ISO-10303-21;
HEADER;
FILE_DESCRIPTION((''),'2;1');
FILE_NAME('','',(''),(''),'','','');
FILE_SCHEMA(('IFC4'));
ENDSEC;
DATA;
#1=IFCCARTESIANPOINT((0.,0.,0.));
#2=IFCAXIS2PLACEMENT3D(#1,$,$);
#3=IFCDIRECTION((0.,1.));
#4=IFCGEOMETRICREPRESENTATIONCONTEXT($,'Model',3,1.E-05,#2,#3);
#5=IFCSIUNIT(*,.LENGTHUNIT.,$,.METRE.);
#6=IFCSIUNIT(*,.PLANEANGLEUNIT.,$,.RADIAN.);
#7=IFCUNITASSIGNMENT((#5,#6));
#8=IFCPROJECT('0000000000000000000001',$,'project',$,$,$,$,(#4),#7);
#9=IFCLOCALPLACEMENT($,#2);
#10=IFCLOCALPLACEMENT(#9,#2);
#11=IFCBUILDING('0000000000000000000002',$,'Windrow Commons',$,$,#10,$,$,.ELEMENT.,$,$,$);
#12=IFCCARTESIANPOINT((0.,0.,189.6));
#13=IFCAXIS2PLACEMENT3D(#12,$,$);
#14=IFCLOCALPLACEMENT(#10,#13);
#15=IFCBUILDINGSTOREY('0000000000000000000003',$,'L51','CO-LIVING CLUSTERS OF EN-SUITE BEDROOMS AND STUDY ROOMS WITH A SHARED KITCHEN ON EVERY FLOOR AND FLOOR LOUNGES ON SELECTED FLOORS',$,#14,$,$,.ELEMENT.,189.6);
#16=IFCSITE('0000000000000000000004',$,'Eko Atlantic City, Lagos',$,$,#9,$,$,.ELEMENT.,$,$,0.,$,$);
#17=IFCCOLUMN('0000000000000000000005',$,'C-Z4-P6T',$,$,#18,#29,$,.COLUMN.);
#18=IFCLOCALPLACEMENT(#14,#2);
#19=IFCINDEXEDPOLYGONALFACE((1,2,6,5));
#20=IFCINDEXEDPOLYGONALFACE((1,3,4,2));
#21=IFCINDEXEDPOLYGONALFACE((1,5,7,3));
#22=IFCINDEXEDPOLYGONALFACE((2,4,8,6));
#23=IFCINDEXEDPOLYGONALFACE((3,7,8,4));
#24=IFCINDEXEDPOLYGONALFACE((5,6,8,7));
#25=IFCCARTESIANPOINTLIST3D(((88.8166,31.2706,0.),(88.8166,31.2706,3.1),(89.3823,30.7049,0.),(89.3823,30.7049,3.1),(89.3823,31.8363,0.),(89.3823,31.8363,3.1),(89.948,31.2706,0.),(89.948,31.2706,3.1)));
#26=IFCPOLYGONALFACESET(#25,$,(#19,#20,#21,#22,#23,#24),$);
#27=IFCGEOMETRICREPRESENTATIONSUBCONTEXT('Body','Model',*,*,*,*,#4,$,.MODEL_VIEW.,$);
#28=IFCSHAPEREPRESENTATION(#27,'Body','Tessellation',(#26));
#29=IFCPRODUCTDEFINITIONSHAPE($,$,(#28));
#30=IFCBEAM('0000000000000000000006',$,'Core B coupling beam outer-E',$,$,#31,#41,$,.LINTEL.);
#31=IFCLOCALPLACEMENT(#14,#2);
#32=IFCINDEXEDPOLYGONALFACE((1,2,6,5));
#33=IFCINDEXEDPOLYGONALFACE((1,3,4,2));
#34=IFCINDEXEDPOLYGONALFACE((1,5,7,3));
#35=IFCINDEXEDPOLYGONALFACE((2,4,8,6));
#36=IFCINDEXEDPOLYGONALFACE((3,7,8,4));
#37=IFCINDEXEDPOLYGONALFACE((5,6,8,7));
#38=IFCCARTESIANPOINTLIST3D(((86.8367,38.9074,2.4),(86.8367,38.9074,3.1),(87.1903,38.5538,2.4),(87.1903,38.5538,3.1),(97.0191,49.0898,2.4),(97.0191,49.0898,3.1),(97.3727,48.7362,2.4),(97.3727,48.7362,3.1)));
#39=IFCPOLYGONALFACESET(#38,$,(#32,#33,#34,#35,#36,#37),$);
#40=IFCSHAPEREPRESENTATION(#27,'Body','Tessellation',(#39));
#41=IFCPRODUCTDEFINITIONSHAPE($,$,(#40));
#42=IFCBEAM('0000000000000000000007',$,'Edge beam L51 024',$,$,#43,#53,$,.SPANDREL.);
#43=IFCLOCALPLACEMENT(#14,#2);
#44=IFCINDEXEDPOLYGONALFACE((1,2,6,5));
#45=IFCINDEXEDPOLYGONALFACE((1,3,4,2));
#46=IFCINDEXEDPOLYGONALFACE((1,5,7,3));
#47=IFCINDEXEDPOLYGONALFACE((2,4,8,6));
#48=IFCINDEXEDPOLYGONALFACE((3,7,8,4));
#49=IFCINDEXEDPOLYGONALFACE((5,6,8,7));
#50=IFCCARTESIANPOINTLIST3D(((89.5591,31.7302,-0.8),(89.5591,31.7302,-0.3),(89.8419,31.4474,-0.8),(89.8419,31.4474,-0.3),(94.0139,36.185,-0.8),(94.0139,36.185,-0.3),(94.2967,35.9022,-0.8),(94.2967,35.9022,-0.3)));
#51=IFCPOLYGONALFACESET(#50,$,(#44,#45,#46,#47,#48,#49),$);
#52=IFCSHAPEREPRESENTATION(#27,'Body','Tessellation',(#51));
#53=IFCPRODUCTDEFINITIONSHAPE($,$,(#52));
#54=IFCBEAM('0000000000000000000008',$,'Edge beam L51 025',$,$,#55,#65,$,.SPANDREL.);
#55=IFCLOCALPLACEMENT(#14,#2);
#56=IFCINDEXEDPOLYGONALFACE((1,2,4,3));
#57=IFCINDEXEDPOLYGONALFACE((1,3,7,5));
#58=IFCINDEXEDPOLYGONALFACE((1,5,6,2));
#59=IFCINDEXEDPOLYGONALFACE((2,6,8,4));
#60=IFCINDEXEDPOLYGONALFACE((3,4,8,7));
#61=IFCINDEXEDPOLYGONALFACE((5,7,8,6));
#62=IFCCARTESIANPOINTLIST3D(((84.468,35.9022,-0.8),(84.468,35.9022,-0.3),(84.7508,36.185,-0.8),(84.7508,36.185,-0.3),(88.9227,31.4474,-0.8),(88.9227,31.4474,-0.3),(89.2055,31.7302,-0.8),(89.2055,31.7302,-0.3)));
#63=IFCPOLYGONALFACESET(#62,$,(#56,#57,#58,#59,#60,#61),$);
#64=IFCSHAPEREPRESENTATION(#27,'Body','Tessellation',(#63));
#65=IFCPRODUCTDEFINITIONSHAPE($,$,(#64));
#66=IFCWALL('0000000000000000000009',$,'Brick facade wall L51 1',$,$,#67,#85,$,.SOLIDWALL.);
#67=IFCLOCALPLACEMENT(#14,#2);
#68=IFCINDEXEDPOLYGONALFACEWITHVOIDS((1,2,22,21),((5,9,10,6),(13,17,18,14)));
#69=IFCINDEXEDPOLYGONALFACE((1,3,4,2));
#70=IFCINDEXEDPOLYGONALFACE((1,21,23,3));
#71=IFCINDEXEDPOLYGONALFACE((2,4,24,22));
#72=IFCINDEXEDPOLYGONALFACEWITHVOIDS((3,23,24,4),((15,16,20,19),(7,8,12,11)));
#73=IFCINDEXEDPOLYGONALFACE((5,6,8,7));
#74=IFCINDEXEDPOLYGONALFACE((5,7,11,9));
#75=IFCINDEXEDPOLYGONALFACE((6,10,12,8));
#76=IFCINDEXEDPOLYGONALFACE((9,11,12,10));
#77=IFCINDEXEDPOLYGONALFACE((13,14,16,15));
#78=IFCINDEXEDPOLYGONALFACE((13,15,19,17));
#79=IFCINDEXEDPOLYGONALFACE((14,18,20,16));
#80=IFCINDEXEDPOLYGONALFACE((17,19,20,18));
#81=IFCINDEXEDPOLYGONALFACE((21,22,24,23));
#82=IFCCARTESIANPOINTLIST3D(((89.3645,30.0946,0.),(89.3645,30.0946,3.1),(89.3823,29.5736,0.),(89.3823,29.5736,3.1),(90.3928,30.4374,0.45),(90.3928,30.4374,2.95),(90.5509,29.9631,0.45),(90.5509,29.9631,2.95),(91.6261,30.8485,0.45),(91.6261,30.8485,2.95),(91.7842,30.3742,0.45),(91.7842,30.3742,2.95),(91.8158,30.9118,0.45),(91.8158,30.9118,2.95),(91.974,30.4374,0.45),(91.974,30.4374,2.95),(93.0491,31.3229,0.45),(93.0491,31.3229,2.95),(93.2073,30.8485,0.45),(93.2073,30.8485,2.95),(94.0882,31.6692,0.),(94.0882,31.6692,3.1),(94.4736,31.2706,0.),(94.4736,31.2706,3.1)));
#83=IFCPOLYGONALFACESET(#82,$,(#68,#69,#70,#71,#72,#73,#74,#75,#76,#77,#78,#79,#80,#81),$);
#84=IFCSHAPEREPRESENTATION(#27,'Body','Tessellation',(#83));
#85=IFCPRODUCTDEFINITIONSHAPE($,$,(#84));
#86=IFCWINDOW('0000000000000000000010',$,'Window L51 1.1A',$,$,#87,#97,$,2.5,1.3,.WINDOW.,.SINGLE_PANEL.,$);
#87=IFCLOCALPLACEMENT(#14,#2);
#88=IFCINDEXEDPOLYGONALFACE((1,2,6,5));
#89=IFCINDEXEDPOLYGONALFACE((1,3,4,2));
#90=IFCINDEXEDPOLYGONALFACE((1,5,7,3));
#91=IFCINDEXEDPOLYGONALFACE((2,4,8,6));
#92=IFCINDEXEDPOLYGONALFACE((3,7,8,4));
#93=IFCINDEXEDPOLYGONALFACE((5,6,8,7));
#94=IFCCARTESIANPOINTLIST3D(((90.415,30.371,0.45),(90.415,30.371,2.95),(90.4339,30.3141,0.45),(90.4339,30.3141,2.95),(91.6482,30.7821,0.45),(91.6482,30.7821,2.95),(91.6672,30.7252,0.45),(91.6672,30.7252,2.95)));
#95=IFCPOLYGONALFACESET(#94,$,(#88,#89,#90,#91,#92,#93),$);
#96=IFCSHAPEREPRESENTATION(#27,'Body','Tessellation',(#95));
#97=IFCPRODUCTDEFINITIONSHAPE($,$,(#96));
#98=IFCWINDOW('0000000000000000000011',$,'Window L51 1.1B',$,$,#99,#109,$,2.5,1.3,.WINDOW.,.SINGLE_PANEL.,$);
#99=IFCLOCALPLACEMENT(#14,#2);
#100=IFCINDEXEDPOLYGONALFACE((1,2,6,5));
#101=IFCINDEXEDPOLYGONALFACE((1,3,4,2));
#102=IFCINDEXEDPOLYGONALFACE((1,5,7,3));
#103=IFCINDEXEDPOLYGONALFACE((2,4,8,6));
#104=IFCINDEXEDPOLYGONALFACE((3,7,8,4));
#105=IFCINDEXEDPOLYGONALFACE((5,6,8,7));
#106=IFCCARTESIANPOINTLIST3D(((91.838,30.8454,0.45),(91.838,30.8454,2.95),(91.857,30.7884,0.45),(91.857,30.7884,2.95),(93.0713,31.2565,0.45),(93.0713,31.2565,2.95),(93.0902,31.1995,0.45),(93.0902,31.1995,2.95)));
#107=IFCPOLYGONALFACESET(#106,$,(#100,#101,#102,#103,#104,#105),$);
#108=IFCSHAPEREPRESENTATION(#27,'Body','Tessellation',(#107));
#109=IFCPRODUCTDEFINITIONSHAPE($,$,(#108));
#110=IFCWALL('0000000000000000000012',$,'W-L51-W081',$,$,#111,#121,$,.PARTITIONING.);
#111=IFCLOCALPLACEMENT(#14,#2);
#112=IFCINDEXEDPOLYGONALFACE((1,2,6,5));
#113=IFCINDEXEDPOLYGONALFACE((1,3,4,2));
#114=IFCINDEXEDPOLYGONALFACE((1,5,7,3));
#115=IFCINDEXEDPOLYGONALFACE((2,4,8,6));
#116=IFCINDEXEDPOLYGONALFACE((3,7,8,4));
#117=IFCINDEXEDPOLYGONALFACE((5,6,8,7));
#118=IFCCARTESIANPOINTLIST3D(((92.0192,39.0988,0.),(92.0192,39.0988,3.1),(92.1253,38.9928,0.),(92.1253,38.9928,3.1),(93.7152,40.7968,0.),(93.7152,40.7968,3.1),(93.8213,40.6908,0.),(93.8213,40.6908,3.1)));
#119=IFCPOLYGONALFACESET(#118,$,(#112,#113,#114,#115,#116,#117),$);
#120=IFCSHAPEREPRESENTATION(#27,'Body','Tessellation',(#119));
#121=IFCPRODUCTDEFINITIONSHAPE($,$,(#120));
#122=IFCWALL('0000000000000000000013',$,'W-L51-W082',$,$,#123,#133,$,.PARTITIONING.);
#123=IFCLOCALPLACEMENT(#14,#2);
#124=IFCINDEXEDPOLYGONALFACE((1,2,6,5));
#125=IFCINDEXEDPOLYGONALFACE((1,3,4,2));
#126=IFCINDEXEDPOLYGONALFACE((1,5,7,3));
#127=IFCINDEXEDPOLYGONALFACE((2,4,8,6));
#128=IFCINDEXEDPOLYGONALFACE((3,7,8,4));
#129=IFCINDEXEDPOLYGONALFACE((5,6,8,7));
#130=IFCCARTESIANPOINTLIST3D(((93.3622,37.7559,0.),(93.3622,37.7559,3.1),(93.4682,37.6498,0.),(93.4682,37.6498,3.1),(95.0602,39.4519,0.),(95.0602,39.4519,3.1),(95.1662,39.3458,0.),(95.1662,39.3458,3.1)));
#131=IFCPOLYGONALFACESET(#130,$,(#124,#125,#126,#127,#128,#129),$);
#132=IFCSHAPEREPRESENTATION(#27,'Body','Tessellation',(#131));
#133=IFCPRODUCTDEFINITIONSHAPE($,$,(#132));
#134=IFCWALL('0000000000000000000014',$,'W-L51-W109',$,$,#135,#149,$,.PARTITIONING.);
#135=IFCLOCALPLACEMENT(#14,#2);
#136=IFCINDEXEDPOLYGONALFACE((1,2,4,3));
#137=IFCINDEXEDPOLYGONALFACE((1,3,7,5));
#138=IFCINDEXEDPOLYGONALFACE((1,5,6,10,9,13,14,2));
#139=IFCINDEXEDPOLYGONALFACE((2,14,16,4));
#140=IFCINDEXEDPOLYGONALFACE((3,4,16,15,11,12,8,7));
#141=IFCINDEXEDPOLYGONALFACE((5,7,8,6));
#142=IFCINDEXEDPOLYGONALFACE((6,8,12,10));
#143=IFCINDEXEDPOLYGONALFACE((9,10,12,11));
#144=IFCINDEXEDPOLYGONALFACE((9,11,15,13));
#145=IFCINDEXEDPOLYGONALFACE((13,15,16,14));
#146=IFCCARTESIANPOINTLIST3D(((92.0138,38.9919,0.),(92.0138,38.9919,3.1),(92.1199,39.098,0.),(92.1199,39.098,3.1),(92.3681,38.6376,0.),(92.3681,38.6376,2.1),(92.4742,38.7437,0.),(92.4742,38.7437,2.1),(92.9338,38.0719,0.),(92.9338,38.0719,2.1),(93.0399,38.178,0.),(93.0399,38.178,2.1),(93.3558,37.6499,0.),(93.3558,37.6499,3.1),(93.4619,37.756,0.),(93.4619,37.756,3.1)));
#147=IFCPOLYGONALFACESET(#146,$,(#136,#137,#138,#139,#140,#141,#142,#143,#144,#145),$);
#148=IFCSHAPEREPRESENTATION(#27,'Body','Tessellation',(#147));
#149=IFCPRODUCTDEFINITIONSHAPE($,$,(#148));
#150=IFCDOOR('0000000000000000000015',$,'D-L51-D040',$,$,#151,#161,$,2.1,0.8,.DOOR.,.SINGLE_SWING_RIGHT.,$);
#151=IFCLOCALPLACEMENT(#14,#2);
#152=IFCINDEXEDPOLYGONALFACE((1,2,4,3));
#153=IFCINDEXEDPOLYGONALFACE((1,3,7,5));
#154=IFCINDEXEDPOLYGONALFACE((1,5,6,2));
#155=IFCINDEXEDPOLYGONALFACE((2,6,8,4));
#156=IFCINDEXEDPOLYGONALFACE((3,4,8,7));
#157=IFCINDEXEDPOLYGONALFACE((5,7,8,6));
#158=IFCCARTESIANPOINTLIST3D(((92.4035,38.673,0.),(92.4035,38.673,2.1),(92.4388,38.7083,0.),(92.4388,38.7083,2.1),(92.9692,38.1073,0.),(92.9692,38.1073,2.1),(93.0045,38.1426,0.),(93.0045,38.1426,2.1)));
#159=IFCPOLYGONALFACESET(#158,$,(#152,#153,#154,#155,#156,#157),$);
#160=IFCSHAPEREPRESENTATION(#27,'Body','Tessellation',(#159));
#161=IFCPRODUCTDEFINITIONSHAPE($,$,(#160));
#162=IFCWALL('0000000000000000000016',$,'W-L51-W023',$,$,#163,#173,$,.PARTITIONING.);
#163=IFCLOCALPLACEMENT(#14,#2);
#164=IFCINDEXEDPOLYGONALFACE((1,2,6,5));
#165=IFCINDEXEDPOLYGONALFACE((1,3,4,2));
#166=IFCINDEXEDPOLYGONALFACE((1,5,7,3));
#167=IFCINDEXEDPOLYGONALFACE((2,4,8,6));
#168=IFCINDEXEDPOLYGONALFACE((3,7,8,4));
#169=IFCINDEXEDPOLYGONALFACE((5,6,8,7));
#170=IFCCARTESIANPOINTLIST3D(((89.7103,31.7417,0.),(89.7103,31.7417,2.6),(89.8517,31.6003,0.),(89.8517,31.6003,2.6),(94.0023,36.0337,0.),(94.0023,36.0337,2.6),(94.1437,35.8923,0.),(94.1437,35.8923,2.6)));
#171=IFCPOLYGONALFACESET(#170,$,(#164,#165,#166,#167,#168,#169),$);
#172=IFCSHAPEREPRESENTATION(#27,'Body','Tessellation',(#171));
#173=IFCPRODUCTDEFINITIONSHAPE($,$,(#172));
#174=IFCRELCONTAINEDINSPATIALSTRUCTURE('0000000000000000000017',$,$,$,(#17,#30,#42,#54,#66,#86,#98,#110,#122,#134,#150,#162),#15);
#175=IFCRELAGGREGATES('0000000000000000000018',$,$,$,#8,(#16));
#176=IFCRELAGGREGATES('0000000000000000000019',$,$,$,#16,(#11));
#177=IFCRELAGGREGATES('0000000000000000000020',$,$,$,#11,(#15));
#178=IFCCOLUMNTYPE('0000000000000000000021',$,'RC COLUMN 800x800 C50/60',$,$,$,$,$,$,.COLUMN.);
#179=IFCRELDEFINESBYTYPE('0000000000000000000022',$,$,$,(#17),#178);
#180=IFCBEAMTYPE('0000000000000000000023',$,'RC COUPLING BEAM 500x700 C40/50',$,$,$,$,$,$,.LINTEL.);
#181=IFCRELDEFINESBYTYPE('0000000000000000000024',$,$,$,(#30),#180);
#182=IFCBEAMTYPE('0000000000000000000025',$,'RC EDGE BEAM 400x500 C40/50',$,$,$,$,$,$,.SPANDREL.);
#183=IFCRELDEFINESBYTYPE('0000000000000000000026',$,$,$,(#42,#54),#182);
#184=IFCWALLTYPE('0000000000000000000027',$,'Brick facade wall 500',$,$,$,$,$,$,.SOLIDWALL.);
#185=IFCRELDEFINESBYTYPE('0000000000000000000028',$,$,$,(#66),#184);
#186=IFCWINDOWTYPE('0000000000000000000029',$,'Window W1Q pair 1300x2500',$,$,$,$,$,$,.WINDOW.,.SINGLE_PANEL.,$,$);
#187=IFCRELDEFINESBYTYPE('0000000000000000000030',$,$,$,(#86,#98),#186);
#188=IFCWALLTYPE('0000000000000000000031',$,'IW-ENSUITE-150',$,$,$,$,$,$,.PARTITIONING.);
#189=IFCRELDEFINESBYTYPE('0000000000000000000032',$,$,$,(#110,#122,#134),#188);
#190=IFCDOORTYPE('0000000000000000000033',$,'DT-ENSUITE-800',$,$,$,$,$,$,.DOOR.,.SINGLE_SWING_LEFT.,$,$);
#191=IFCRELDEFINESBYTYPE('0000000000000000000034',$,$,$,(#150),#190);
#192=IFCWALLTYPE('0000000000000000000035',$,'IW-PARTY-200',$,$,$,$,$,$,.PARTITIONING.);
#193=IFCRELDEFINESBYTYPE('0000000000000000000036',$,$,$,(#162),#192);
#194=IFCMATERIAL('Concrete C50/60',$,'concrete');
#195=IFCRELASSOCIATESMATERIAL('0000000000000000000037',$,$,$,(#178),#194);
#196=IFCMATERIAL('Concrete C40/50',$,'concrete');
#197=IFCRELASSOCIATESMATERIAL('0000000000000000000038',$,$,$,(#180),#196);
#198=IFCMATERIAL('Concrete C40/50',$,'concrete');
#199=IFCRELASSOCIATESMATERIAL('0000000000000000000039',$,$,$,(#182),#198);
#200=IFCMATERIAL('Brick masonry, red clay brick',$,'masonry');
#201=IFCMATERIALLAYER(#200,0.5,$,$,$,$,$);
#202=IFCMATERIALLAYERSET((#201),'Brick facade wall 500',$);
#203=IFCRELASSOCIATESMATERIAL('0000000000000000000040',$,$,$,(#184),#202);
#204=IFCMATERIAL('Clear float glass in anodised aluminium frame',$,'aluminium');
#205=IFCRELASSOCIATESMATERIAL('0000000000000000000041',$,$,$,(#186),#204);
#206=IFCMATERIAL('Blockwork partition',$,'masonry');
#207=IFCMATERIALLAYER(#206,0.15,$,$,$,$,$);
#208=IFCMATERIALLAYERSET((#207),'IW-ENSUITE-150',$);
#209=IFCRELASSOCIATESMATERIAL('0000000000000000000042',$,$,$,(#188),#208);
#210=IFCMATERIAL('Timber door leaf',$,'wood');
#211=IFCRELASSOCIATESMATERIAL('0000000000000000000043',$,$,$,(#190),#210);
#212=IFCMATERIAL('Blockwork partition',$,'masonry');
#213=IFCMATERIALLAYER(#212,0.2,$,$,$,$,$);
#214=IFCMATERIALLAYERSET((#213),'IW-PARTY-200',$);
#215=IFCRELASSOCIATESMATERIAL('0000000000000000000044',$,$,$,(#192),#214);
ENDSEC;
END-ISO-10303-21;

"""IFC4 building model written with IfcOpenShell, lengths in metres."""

from ifc_helpers import new_model, si_unit, direction, frame, frame_2d, origin, origin_2d, place, context, subcontext, project, spatial, polyline, rectangle, outline, extrude, material, layer, layer_set, material_profile, profile_set, type_object, element, fill, save


model = new_model("IFC4")

# Units and contexts
model_context = context("Model", 3, precision=1e-05, world=origin(), true_north=direction((0.0, 1.0)))
body_context = subcontext(model_context, "Body", "Model", "MODEL_VIEW")
ifc_project = project(units=[si_unit("LENGTHUNIT", "METRE"), si_unit("PLANEANGLEUNIT", "RADIAN")], contexts=[model_context])

# Site, building, storey
site_placement = place(None, origin())
site = spatial("IfcSite", under=ifc_project, at=site_placement, Name="Eko Atlantic City, Lagos", CompositionType="ELEMENT", RefElevation=0.0)
building_placement = place(site_placement, origin())
building = spatial("IfcBuilding", under=site, at=building_placement, Name="Windrow Commons", CompositionType="ELEMENT")
storey_placement = place(building_placement, frame((0.0, 0.0, 189.6)))
storey = spatial("IfcBuildingStorey", under=building, at=storey_placement, Name="L51", Description="CO-LIVING CLUSTERS OF EN-SUITE BEDROOMS AND STUDY ROOMS WITH A SHARED KITCHEN ON EVERY FLOOR AND FLOOR LOUNGES ON SELECTED FLOORS", CompositionType="ELEMENT", Elevation=189.6)

# Column
ifc_material_1 = material(Name="Concrete C50/60", Category="concrete")
ifc_material_profile_1 = material_profile(ifc_material_1, rectangle(XDim=0.8, YDim=0.8, at=origin_2d()))
ifc_profile_set_1 = profile_set([ifc_material_profile_1], Name="Concrete C50/60")
column_type = type_object("IfcColumnType", Name="RC COLUMN 800x800 C50/60", PredefinedType="COLUMN", material=ifc_profile_set_1)
column_placement = place(storey_placement, frame((89.3823, 31.2706, 0.0), z_axis=(0.0, 0.0, 1.0), x_axis=(0.707107, -0.707107, 0.0)))
element("IfcColumn", 1, at=column_placement, inside=storey, type_object=column_type, Name="C-Z4-P6T", PredefinedType="COLUMN", context=body_context, shape_type="SweptSolid", body=[
    extrude(rectangle(XDim=0.8, YDim=0.8, at=origin_2d()), origin(), (0.0, 0.0, 1.0), 3.1),
])

# Beams
ifc_material_2 = material(Name="Concrete C40/50", Category="concrete")
ifc_material_profile_2 = material_profile(ifc_material_2, rectangle(XDim=0.5, YDim=0.7, at=origin_2d()))
ifc_profile_set_2 = profile_set([ifc_material_profile_2], Name="Concrete C40/50")
beam_type_1 = type_object("IfcBeamType", Name="RC COUPLING BEAM 500x700 C40/50", PredefinedType="LINTEL", material=ifc_profile_set_2)
beam_placement = place(storey_placement, frame((87.0135, 38.7306, 2.75), z_axis=(0.707107, 0.707107, 0.0), x_axis=(-0.707107, 0.707107, 0.0)))
element("IfcBeam", 2, at=beam_placement, inside=storey, type_object=beam_type_1, Name="Core B coupling beam outer-E", PredefinedType="LINTEL", context=body_context, shape_type="SweptSolid", body=[
    extrude(rectangle(XDim=0.5, YDim=0.7, at=origin_2d()), origin(), (0.0, 0.0, 1.0), 14.4001),
])
ifc_material_3 = material(Name="Concrete C40/50", Category="concrete")
ifc_material_profile_3 = material_profile(ifc_material_3, rectangle(XDim=0.4, YDim=0.5, at=origin_2d()))
ifc_profile_set_3 = profile_set([ifc_material_profile_3], Name="Concrete C40/50")
beam_type_2 = type_object("IfcBeamType", Name="RC EDGE BEAM 400x500 C40/50", PredefinedType="SPANDREL", material=ifc_profile_set_3)
for number, where, z_axis, x_axis, name in (
    (3, (94.1553, 36.0436, -0.55), (-0.707107, -0.707107, 0.0), (0.707107, -0.707107, 0.0), "Edge beam L51 024"),
    (4, (89.0641, 31.5888, -0.55), (-0.707099, 0.707115, 0.0), (-0.707115, -0.707099, 0.0), "Edge beam L51 025"),
):
    element("IfcBeam", number, at=place(storey_placement, frame(where, z_axis=z_axis, x_axis=x_axis)), inside=storey, type_object=beam_type_2, Name=name, PredefinedType="SPANDREL", context=body_context, shape_type="SweptSolid", body=[
        extrude(rectangle(XDim=0.4, YDim=0.5, at=origin_2d()), origin(), (0.0, 0.0, 1.0), 6.3),
    ])

# Wall, openings, windows
ifc_material_4 = material(Name="Brick masonry, red clay brick", Category="masonry")
ifc_layer_1 = layer(ifc_material_4, 0.5)
ifc_layer_set_1 = layer_set([ifc_layer_1], Name="Brick facade wall 500")
wall_type_1 = type_object("IfcWallType", Name="Brick facade wall 500", PredefinedType="SOLIDWALL", material=ifc_layer_set_1)
wall_1_placement = place(storey_placement, frame((89.3734, 29.8341, 0.0), z_axis=(0.0, 0.0, 1.0), x_axis=(0.948683, 0.316228, 0.0)))
wall_1 = element("IfcWall", 5, at=wall_1_placement, inside=storey, type_object=wall_type_1, Name="Brick facade wall L51 1", PredefinedType="SOLIDWALL", context=body_context, shape_type="SweptSolid", body=[
    extrude(outline(polyline([(-0.0739, -0.25), (5.2927, -0.25), (5.0532, 0.25), (0.0739, 0.25), (-0.0739, -0.25)])), origin(), (0.0, 0.0, 1.0), 3.1),
])
opening_1_placement = place(wall_1_placement, frame((1.1579, 0.0, 0.45)))
opening_1 = element("IfcOpeningElement", 6, at=opening_1_placement, cuts=wall_1, PredefinedType="OPENING", context=body_context, shape_type="SweptSolid", body=[
    extrude(rectangle(XDim=1.3, YDim=2.5, at=frame_2d((0.65, 1.25))), frame((0.0, 0.26, 0.0), z_axis=(0.0, -1.0, 0.0), x_axis=(1.0, 0.0, 0.0)), (0.0, 0.0, 1.0), 0.52),
])
opening_2_placement = place(wall_1_placement, frame((2.6579, 0.0, 0.45)))
opening_2 = element("IfcOpeningElement", 7, at=opening_2_placement, cuts=wall_1, PredefinedType="OPENING", context=body_context, shape_type="SweptSolid", body=[
    extrude(rectangle(XDim=1.3, YDim=2.5, at=frame_2d((0.65, 1.25))), frame((0.0, 0.26, 0.0), z_axis=(0.0, -1.0, 0.0), x_axis=(1.0, 0.0, 0.0)), (0.0, 0.0, 1.0), 0.52),
])
ifc_material_5 = material(Name="Clear float glass in anodised aluminium frame", Category="aluminium")
window_type = type_object("IfcWindowType", Name="Window W1Q pair 1300x2500", PartitioningType="SINGLE_PANEL", PredefinedType="WINDOW", material=ifc_material_5)
window_1_placement = place(opening_1_placement, origin())
window_1 = element("IfcWindow", 8, at=window_1_placement, inside=storey, type_object=window_type, Name="Window L51 1.1A", OverallHeight=2.5, OverallWidth=1.3, PartitioningType="SINGLE_PANEL", PredefinedType="WINDOW", context=body_context, shape_type="SweptSolid", body=[
    extrude(rectangle(XDim=1.3, YDim=2.5, at=frame_2d((0.65, 1.25))), frame((0.0, 0.18, 0.0), z_axis=(0.0, -1.0, 0.0), x_axis=(1.0, 0.0, 0.0)), (0.0, 0.0, 1.0), 0.06),
])
fill(opening_1, window_1)
window_2_placement = place(opening_2_placement, origin())
window_2 = element("IfcWindow", 9, at=window_2_placement, inside=storey, type_object=window_type, Name="Window L51 1.1B", OverallHeight=2.5, OverallWidth=1.3, PartitioningType="SINGLE_PANEL", PredefinedType="WINDOW", context=body_context, shape_type="SweptSolid", body=[
    extrude(rectangle(XDim=1.3, YDim=2.5, at=frame_2d((0.65, 1.25))), frame((0.0, 0.18, 0.0), z_axis=(0.0, -1.0, 0.0), x_axis=(1.0, 0.0, 0.0)), (0.0, 0.0, 1.0), 0.06),
])
fill(opening_2, window_2)

# Walls
ifc_material_6 = material(Name="Blockwork partition", Category="masonry")
ifc_layer_2 = layer(ifc_material_6, 0.15)
ifc_layer_set_2 = layer_set([ifc_layer_2], Name="IW-ENSUITE-150")
wall_type_2 = type_object("IfcWallType", Name="IW-ENSUITE-150", PredefinedType="PARTITIONING", material=ifc_layer_set_2)
for number, where, z_axis, x_axis, name in (
    (10, (92.0722, 39.0458, 0.0), (0.0, 0.0, 1.0), (0.70669, 0.707523, 0.0), "W-L51-W081"),
    (11, (93.4152, 37.7028, 0.0), (0.0, 0.0, 1.0), (0.707523, 0.70669, 0.0), "W-L51-W082"),
):
    element("IfcWall", number, at=place(storey_placement, frame(where, z_axis=z_axis, x_axis=x_axis)), inside=storey, type_object=wall_type_2, Name=name, PredefinedType="PARTITIONING", context=body_context, shape_type="SweptSolid", body=[
        extrude(rectangle(XDim=2.3999, YDim=0.15, at=frame_2d((1.2, 0.0))), origin(), (0.0, 0.0, 1.0), 3.1),
    ])

# Wall, opening, door
wall_2_placement = place(storey_placement, frame((92.0669, 39.0449, 0.0), z_axis=(0.0, 0.0, 1.0), x_axis=(0.707107, -0.707107, 0.0)))
wall_2 = element("IfcWall", 12, at=wall_2_placement, inside=storey, type_object=wall_type_2, Name="W-L51-W109", PredefinedType="PARTITIONING", context=body_context, shape_type="SweptSolid", body=[
    extrude(rectangle(XDim=1.8979, YDim=0.15, at=frame_2d((0.9489, 0.0))), origin(), (0.0, 0.0, 1.0), 3.1),
])
opening_3_placement = place(wall_2_placement, frame((0.501, 0.0, 0.0)))
opening_3 = element("IfcOpeningElement", 13, at=opening_3_placement, cuts=wall_2, PredefinedType="OPENING", context=body_context, shape_type="SweptSolid", body=[
    extrude(rectangle(XDim=0.8, YDim=2.1, at=frame_2d((0.4, 1.05))), frame((0.0, 0.085, 0.0), z_axis=(0.0, -1.0, 0.0), x_axis=(1.0, 0.0, 0.0)), (0.0, 0.0, 1.0), 0.17),
])
ifc_material_7 = material(Name="Timber door leaf", Category="wood")
door_type_1 = type_object("IfcDoorType", Name="DT-ENSUITE-800", OperationType="SINGLE_SWING_LEFT", PredefinedType="DOOR", material=ifc_material_7)
door_1_placement = place(opening_3_placement, origin())
door_1 = element("IfcDoor", 14, at=door_1_placement, inside=storey, type_object=door_type_1, Name="D-L51-D040", OperationType="SINGLE_SWING_RIGHT", OverallHeight=2.1, OverallWidth=0.8, PredefinedType="DOOR", context=body_context, shape_type="SweptSolid", body=[
    extrude(rectangle(XDim=0.8, YDim=2.1, at=frame_2d((0.4, 1.05))), frame((0.0, 0.025, 0.0), z_axis=(0.0, -1.0, 0.0), x_axis=(1.0, 0.0, 0.0)), (0.0, 0.0, 1.0), 0.05),
])
fill(opening_3, door_1)

# Wall
ifc_material_8 = material(Name="Blockwork partition", Category="masonry")
ifc_layer_3 = layer(ifc_material_8, 0.2)
ifc_layer_set_3 = layer_set([ifc_layer_3], Name="IW-PARTY-200")
wall_type_3 = type_object("IfcWallType", Name="IW-PARTY-200", PredefinedType="PARTITIONING", material=ifc_layer_set_3)
wall_3_placement = place(storey_placement, frame((89.781, 31.671, 0.0), z_axis=(0.0, 0.0, 1.0), x_axis=(0.707107, 0.707107, 0.0)))
element("IfcWall", 15, at=wall_3_placement, inside=storey, type_object=wall_type_3, Name="W-L51-W023", PredefinedType="PARTITIONING", context=body_context, shape_type="SweptSolid", body=[
    extrude(rectangle(XDim=6.0698, YDim=0.2, at=frame_2d((3.0349, 0.0))), origin(), (0.0, 0.0, 1.0), 2.6),
])

save(model, "model.ifc")
